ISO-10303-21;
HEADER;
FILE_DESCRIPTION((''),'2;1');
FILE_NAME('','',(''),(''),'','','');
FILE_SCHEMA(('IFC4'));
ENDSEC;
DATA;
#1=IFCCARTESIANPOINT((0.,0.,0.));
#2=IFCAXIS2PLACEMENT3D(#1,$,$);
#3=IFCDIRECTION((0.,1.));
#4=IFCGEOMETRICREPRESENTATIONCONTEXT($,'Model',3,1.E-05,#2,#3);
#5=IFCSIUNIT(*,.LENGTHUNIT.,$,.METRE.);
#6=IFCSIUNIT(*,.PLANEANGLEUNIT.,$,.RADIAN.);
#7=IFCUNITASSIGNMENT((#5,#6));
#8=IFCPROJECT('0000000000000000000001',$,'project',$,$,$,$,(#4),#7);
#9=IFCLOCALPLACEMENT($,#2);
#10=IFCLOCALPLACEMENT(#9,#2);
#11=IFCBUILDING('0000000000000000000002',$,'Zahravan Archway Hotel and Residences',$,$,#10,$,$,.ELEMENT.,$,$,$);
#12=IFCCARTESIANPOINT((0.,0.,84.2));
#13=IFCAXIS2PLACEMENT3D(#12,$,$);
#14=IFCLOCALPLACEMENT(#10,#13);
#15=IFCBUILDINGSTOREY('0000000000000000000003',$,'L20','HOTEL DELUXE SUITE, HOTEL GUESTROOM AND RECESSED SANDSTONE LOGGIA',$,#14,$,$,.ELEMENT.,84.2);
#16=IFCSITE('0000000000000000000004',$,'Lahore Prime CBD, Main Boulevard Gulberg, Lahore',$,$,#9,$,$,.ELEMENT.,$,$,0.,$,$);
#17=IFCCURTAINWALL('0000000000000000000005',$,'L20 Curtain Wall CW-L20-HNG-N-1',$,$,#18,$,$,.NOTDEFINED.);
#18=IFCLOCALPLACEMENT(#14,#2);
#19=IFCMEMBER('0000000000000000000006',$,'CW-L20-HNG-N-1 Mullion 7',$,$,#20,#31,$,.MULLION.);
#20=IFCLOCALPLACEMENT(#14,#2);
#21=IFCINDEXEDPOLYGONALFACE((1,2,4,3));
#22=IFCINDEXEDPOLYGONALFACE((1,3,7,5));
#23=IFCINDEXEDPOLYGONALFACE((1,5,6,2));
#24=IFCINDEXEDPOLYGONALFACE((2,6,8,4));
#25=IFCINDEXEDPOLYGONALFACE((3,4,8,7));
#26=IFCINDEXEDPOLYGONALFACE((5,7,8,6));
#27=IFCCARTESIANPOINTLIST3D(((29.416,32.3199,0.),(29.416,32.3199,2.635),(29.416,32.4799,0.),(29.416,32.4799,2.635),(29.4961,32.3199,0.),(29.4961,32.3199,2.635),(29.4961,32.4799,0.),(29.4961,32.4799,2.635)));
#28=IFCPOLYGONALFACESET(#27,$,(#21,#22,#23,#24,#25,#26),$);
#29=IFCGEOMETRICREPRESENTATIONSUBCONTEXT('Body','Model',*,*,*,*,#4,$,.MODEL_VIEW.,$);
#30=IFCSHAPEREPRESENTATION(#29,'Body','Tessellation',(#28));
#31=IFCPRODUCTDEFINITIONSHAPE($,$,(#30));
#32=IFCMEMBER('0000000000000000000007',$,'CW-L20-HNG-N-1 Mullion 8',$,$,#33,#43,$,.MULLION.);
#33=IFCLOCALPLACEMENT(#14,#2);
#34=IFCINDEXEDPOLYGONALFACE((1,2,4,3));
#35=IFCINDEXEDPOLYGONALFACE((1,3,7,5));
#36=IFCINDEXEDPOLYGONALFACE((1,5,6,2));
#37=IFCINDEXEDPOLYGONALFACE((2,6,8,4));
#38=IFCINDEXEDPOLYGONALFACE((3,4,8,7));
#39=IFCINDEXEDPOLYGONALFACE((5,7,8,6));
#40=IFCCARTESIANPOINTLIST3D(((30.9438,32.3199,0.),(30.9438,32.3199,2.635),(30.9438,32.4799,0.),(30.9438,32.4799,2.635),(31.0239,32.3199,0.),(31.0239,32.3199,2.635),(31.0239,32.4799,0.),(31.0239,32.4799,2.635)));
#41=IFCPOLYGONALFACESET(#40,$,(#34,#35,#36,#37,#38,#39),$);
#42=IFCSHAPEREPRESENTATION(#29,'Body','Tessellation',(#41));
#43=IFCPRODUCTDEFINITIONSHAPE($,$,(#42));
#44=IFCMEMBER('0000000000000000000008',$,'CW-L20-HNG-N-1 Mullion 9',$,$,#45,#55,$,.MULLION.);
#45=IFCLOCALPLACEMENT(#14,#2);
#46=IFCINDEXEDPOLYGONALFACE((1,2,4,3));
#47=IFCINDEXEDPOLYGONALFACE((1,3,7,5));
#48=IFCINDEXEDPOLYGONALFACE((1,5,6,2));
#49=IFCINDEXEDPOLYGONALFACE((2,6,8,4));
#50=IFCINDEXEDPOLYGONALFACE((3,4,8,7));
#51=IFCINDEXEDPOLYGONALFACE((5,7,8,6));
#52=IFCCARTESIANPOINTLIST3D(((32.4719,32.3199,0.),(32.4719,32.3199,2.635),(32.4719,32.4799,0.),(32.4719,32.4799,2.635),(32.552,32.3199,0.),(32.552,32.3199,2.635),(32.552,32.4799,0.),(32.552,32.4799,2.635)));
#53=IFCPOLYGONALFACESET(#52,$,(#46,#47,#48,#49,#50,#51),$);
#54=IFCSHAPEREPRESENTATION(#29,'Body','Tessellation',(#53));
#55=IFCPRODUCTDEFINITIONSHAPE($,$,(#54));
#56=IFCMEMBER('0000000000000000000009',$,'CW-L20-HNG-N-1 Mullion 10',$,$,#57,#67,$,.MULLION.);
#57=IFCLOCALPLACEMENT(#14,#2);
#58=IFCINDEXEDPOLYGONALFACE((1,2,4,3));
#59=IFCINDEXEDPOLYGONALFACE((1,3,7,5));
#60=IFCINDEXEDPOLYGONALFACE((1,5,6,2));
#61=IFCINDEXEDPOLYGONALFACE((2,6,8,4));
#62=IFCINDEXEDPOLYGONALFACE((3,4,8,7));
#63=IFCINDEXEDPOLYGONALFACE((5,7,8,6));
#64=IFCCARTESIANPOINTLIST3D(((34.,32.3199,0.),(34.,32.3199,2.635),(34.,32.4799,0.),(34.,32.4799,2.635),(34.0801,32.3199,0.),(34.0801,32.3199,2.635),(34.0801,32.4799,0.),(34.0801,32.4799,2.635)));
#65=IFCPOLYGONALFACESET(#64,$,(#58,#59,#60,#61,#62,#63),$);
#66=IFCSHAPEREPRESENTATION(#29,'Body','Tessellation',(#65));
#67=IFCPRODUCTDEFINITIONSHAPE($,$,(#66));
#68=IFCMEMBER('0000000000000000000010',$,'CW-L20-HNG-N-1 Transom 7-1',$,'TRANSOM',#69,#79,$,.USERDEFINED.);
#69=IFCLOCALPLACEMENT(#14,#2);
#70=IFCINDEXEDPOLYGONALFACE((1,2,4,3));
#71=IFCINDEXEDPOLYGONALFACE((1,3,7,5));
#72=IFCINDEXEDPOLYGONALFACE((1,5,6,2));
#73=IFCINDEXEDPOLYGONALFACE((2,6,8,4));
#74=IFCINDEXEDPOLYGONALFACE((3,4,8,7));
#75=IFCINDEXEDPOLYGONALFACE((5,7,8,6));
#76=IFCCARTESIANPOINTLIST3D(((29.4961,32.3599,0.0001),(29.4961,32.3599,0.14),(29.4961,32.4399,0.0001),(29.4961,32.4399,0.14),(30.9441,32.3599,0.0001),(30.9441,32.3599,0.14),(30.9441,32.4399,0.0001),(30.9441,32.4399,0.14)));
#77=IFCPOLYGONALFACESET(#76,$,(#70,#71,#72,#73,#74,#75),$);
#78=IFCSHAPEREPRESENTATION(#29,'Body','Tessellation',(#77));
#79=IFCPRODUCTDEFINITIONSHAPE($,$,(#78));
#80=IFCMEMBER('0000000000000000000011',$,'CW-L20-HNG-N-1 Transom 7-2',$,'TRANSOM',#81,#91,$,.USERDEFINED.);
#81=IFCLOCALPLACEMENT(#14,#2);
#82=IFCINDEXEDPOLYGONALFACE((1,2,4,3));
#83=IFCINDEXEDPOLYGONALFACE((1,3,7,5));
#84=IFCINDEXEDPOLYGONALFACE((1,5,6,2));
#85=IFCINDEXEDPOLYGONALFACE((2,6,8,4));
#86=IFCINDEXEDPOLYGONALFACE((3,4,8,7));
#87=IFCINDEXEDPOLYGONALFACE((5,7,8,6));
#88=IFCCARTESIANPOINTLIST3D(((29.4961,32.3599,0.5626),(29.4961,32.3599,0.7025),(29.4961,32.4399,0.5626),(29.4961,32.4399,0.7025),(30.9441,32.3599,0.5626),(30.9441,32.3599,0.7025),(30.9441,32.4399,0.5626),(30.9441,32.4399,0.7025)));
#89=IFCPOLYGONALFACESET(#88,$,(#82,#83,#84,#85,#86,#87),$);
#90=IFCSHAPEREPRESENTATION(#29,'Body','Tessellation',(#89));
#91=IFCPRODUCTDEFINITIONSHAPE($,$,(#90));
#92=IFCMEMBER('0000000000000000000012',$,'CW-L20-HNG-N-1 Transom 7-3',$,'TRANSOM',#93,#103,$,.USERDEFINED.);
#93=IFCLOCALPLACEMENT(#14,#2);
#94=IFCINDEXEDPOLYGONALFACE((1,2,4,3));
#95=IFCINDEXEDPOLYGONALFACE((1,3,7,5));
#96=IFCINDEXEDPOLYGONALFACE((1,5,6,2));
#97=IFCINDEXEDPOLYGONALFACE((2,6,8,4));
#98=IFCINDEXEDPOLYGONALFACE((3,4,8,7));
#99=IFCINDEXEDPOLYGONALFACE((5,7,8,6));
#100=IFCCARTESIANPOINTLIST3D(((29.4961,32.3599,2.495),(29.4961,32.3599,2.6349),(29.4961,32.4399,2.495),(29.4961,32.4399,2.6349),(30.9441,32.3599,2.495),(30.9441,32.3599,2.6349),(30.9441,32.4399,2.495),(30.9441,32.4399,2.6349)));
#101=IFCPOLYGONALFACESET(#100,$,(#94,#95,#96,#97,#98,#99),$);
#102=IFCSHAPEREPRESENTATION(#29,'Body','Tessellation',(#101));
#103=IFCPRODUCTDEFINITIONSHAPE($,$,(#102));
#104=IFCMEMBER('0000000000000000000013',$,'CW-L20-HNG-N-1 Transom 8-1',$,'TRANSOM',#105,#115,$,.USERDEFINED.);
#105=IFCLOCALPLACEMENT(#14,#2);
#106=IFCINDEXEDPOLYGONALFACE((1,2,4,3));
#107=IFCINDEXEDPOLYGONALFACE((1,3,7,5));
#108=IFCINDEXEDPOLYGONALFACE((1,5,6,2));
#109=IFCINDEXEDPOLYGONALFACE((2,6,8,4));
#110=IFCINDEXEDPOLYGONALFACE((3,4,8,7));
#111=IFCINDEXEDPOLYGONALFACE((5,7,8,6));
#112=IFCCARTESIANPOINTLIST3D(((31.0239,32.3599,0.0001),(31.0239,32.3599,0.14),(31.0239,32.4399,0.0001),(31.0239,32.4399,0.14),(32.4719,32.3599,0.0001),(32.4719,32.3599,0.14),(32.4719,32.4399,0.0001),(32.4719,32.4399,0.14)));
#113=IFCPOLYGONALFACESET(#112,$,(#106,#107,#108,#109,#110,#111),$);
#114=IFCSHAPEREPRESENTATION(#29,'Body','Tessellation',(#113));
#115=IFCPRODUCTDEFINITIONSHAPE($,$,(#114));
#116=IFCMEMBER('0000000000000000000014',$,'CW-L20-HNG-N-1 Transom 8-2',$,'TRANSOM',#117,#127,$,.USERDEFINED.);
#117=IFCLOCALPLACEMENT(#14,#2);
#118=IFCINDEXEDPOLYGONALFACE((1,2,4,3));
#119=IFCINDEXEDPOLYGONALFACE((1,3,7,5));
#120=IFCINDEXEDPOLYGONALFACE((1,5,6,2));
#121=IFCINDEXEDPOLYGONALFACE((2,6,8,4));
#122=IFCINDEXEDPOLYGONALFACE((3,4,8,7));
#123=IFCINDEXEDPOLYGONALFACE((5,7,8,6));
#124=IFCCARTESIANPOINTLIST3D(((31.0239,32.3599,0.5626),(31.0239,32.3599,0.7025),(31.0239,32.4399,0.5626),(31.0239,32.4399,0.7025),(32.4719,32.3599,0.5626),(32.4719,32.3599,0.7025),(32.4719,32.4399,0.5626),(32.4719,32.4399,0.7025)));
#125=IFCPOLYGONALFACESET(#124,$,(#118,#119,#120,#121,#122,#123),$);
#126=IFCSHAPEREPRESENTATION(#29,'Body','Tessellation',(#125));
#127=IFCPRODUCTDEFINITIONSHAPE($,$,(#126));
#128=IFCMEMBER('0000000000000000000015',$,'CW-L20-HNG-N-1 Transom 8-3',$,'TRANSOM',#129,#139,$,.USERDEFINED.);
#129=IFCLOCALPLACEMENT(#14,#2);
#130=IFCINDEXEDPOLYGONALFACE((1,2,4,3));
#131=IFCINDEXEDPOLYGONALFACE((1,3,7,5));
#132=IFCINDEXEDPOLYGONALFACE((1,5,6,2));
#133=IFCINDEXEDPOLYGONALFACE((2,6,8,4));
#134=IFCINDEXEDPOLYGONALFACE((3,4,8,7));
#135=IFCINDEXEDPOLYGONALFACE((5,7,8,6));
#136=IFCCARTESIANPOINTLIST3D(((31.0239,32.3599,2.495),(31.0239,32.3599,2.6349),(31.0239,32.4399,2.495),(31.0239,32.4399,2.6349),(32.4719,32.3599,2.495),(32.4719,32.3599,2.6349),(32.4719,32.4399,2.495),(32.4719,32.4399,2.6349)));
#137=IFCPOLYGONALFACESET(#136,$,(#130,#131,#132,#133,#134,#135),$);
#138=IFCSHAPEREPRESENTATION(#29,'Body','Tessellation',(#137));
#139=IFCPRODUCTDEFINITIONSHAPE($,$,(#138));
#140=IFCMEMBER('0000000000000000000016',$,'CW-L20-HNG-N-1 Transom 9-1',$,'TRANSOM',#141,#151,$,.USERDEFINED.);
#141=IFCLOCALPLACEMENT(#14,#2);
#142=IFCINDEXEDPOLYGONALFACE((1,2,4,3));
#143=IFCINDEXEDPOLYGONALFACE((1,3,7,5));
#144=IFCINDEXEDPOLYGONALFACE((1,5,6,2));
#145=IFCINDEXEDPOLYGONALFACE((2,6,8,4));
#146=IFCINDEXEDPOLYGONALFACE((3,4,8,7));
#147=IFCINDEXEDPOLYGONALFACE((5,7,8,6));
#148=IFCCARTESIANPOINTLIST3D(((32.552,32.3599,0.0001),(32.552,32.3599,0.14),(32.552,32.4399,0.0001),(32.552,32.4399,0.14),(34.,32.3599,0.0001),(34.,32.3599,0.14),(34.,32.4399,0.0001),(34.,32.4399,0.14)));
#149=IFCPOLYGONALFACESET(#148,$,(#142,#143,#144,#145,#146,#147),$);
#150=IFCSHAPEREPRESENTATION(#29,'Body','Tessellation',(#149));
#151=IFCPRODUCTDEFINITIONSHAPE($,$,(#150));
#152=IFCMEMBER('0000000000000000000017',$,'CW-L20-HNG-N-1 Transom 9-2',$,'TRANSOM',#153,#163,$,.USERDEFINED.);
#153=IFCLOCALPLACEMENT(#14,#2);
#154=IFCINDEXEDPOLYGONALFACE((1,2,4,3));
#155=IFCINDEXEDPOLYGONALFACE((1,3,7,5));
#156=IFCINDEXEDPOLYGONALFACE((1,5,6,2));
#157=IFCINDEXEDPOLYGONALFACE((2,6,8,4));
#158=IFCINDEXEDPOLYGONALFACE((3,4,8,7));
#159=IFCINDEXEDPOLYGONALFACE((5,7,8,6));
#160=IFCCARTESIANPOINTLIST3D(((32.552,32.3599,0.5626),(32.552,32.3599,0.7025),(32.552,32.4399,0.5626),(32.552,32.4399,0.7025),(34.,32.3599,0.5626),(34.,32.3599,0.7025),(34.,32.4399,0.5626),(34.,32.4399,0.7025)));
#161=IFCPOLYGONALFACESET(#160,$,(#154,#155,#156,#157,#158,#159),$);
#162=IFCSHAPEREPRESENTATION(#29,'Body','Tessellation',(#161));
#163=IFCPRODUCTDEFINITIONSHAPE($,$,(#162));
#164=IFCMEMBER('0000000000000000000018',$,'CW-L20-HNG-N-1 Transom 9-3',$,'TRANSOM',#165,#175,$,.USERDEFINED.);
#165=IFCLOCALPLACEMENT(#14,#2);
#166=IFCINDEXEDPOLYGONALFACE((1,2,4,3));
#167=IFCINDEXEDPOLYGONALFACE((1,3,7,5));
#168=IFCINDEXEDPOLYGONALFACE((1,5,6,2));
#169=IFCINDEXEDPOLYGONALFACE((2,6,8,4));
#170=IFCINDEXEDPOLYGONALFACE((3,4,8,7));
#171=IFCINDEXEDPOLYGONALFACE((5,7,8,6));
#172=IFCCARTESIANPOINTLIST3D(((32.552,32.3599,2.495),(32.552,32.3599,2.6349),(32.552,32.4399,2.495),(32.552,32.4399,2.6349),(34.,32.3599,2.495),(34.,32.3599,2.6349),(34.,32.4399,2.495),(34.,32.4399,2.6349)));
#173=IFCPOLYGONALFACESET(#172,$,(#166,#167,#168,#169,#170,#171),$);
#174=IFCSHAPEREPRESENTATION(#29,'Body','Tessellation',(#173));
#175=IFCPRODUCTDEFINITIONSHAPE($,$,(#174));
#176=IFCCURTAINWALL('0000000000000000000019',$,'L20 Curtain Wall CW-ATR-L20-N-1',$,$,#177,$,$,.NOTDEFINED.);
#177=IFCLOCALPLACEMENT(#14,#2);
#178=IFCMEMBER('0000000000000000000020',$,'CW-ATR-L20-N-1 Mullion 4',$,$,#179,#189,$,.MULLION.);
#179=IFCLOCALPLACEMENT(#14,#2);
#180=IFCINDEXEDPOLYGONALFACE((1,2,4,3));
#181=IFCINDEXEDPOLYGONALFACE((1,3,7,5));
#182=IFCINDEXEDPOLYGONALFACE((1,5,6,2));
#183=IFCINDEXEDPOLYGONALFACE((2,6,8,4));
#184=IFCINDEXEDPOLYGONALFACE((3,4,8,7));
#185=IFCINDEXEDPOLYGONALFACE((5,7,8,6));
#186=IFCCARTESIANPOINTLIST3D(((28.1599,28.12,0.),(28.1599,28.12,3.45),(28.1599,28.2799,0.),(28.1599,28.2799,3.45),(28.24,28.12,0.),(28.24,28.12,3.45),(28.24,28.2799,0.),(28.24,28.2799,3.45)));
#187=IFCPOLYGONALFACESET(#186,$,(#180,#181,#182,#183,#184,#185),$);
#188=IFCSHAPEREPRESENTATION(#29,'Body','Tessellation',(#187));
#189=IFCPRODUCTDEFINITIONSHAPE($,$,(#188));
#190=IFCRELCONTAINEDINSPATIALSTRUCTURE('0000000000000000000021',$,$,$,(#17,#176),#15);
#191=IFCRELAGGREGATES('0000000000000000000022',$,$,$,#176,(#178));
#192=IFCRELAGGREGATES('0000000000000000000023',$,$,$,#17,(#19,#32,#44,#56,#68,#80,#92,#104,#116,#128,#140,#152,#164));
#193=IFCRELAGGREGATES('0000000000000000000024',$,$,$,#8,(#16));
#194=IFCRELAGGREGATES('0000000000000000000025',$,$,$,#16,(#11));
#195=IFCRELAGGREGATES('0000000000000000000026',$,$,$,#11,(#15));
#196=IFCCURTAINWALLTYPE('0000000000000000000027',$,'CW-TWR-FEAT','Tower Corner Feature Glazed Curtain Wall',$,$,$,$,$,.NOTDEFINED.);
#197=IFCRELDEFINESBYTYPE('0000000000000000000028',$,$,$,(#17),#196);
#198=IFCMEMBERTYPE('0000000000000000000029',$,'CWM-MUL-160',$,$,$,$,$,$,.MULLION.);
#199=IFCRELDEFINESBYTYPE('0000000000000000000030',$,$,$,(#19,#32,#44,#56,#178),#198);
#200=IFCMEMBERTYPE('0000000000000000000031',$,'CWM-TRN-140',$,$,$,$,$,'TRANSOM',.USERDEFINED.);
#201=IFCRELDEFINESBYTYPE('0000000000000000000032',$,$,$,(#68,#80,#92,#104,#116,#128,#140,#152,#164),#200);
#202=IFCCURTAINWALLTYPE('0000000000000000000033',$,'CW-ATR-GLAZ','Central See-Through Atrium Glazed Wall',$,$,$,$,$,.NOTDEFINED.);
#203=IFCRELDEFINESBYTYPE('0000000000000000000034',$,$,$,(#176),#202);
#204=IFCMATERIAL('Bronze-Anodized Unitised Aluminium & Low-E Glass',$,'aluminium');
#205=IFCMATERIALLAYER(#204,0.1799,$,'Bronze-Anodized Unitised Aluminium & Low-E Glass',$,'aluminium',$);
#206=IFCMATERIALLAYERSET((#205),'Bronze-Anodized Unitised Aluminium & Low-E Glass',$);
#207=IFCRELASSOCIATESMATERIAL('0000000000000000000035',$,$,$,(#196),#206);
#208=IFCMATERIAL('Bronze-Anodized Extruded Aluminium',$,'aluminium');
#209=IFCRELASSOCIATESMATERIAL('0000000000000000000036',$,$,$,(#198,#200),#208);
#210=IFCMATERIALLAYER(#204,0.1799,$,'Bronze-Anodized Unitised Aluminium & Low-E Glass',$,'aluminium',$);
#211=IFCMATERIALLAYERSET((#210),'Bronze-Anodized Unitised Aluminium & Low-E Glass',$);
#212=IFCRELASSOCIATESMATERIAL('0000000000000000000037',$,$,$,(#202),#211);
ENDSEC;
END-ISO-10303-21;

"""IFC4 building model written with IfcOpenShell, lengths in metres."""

from ifc_helpers import new_model, si_unit, direction, frame, origin, origin_2d, place, context, subcontext, project, spatial, rectangle, extrude, source, transform, mapped, material, layer, layer_set, material_profile, profile_set, type_object, element, aggregate, save


model = new_model("IFC4")

# Units and contexts
model_context = context("Model", 3, precision=1e-05, world=origin(), true_north=direction((0.0, 1.0)))
body_context = subcontext(model_context, "Body", "Model", "MODEL_VIEW")
ifc_project = project(units=[si_unit("LENGTHUNIT", "METRE"), si_unit("PLANEANGLEUNIT", "RADIAN")], contexts=[model_context])

# Site, building, storey
site_placement = place(None, origin())
site = spatial("IfcSite", under=ifc_project, at=site_placement, Name="Lahore Prime CBD, Main Boulevard Gulberg, Lahore", CompositionType="ELEMENT", RefElevation=0.0)
building_placement = place(site_placement, origin())
building = spatial("IfcBuilding", under=site, at=building_placement, Name="Zahravan Archway Hotel and Residences", CompositionType="ELEMENT")
storey_placement = place(building_placement, frame((0.0, 0.0, 84.2)))
storey = spatial("IfcBuildingStorey", under=building, at=storey_placement, Name="L20", Description="HOTEL DELUXE SUITE, HOTEL GUESTROOM AND RECESSED SANDSTONE LOGGIA", CompositionType="ELEMENT", Elevation=84.2)

# Curtain wall, members
ifc_material_1 = material(Name="Bronze-Anodized Unitised Aluminium & Low-E Glass", Category="aluminium")
ifc_layer_1 = layer(ifc_material_1, 0.1799, Name="Bronze-Anodized Unitised Aluminium & Low-E Glass", Category="aluminium")
ifc_layer_set_1 = layer_set([ifc_layer_1], Name="Bronze-Anodized Unitised Aluminium & Low-E Glass")
curtain_wall_type_1 = type_object("IfcCurtainWallType", Name="CW-TWR-FEAT", Description="Tower Corner Feature Glazed Curtain Wall", PredefinedType="NOTDEFINED", material=ifc_layer_set_1)
curtain_wall_1_placement = place(storey_placement, origin())
curtain_wall_1 = element("IfcCurtainWall", 1, at=curtain_wall_1_placement, inside=storey, type_object=curtain_wall_type_1, Name="L20 Curtain Wall CW-L20-HNG-N-1", PredefinedType="NOTDEFINED")
ifc_material_2 = material(Name="Bronze-Anodized Extruded Aluminium", Category="aluminium")
ifc_material_profile_1 = material_profile(ifc_material_2, rectangle(XDim=0.0801, YDim=0.1599, at=origin_2d()), Name="MUL 80x160", Category="aluminium")
ifc_profile_set_1 = profile_set([ifc_material_profile_1], Name="Bronze-Anodized Extruded Aluminium")
member_type_1 = type_object("IfcMemberType", Name="CWM-MUL-160", PredefinedType="MULLION", material=ifc_profile_set_1)
shared_shape_1 = source(origin(), body_context, "Body", "SweptSolid", [
    extrude(rectangle(XDim=0.0801, YDim=0.1599, at=origin_2d()), origin(), (0.0, 0.0, 1.0), 2.635),
])
member_1_placement = place(storey_placement, frame((29.4561, 32.3999, 0.0), z_axis=(0.0, 0.0, 1.0), x_axis=(1.0, 0.0, 0.0)))
member_1 = element("IfcMember", 2, at=member_1_placement, type_object=member_type_1, Name="CW-L20-HNG-N-1 Mullion 7", PredefinedType="MULLION", context=body_context, shape_type="MappedRepresentation", body=[
    mapped(shared_shape_1, transform((0.0, 0.0, 0.0), scale=1.0)),
])
member_2_placement = place(storey_placement, frame((30.9839, 32.3999, 0.0), z_axis=(0.0, 0.0, 1.0), x_axis=(1.0, 0.0, 0.0)))
member_2 = element("IfcMember", 3, at=member_2_placement, type_object=member_type_1, Name="CW-L20-HNG-N-1 Mullion 8", PredefinedType="MULLION", context=body_context, shape_type="MappedRepresentation", body=[
    mapped(shared_shape_1, transform((0.0, 0.0, 0.0), scale=1.0)),
])
member_3_placement = place(storey_placement, frame((32.512, 32.3999, 0.0), z_axis=(0.0, 0.0, 1.0), x_axis=(1.0, 0.0, 0.0)))
member_3 = element("IfcMember", 4, at=member_3_placement, type_object=member_type_1, Name="CW-L20-HNG-N-1 Mullion 9", PredefinedType="MULLION", context=body_context, shape_type="MappedRepresentation", body=[
    mapped(shared_shape_1, transform((0.0, 0.0, 0.0), scale=1.0)),
])
member_4_placement = place(storey_placement, frame((34.04, 32.3999, 0.0), z_axis=(0.0, 0.0, 1.0), x_axis=(1.0, 0.0, 0.0)))
member_4 = element("IfcMember", 5, at=member_4_placement, type_object=member_type_1, Name="CW-L20-HNG-N-1 Mullion 10", PredefinedType="MULLION", context=body_context, shape_type="MappedRepresentation", body=[
    mapped(shared_shape_1, transform((0.0, 0.0, 0.0), scale=1.0)),
])
ifc_material_profile_2 = material_profile(ifc_material_2, rectangle(XDim=0.0801, YDim=0.1399, at=origin_2d()), Name="TRN 80x140", Category="aluminium")
ifc_profile_set_2 = profile_set([ifc_material_profile_2], Name="Bronze-Anodized Extruded Aluminium")
member_type_2 = type_object("IfcMemberType", Name="CWM-TRN-140", ElementType="TRANSOM", PredefinedType="USERDEFINED", material=ifc_profile_set_2)
shared_shape_2 = source(origin(), body_context, "Body", "SweptSolid", [
    extrude(rectangle(XDim=0.0801, YDim=0.1399, at=origin_2d()), origin(), (0.0, 0.0, 1.0), 1.448),
])
member_5_placement = place(storey_placement, frame((29.4961, 32.3999, 0.0701), z_axis=(1.0, 0.0, 0.0), x_axis=(0.0, 1.0, 0.0)))
member_5 = element("IfcMember", 6, at=member_5_placement, type_object=member_type_2, Name="CW-L20-HNG-N-1 Transom 7-1", ObjectType="TRANSOM", PredefinedType="USERDEFINED", context=body_context, shape_type="MappedRepresentation", body=[
    mapped(shared_shape_2, transform((0.0, 0.0, 0.0), scale=1.0)),
])
member_6_placement = place(storey_placement, frame((29.4961, 32.3999, 0.6326), z_axis=(1.0, 0.0, 0.0), x_axis=(0.0, 1.0, 0.0)))
member_6 = element("IfcMember", 7, at=member_6_placement, type_object=member_type_2, Name="CW-L20-HNG-N-1 Transom 7-2", ObjectType="TRANSOM", PredefinedType="USERDEFINED", context=body_context, shape_type="MappedRepresentation", body=[
    mapped(shared_shape_2, transform((0.0, 0.0, 0.0), scale=1.0)),
])
member_7_placement = place(storey_placement, frame((29.4961, 32.3999, 2.5649), z_axis=(1.0, 0.0, 0.0), x_axis=(0.0, 1.0, 0.0)))
member_7 = element("IfcMember", 8, at=member_7_placement, type_object=member_type_2, Name="CW-L20-HNG-N-1 Transom 7-3", ObjectType="TRANSOM", PredefinedType="USERDEFINED", context=body_context, shape_type="MappedRepresentation", body=[
    mapped(shared_shape_2, transform((0.0, 0.0, 0.0), scale=1.0)),
])
member_8_placement = place(storey_placement, frame((31.0239, 32.3999, 0.0701), z_axis=(1.0, 0.0, 0.0), x_axis=(0.0, 1.0, 0.0)))
member_8 = element("IfcMember", 9, at=member_8_placement, type_object=member_type_2, Name="CW-L20-HNG-N-1 Transom 8-1", ObjectType="TRANSOM", PredefinedType="USERDEFINED", context=body_context, shape_type="MappedRepresentation", body=[
    mapped(shared_shape_2, transform((0.0, 0.0, 0.0), scale=1.0)),
])
member_9_placement = place(storey_placement, frame((31.0239, 32.3999, 0.6326), z_axis=(1.0, 0.0, 0.0), x_axis=(0.0, 1.0, 0.0)))
member_9 = element("IfcMember", 10, at=member_9_placement, type_object=member_type_2, Name="CW-L20-HNG-N-1 Transom 8-2", ObjectType="TRANSOM", PredefinedType="USERDEFINED", context=body_context, shape_type="MappedRepresentation", body=[
    mapped(shared_shape_2, transform((0.0, 0.0, 0.0), scale=1.0)),
])
member_10_placement = place(storey_placement, frame((31.0239, 32.3999, 2.5649), z_axis=(1.0, 0.0, 0.0), x_axis=(0.0, 1.0, 0.0)))
member_10 = element("IfcMember", 11, at=member_10_placement, type_object=member_type_2, Name="CW-L20-HNG-N-1 Transom 8-3", ObjectType="TRANSOM", PredefinedType="USERDEFINED", context=body_context, shape_type="MappedRepresentation", body=[
    mapped(shared_shape_2, transform((0.0, 0.0, 0.0), scale=1.0)),
])
member_11_placement = place(storey_placement, frame((32.552, 32.3999, 0.0701), z_axis=(1.0, 0.0, 0.0), x_axis=(0.0, 1.0, 0.0)))
member_11 = element("IfcMember", 12, at=member_11_placement, type_object=member_type_2, Name="CW-L20-HNG-N-1 Transom 9-1", ObjectType="TRANSOM", PredefinedType="USERDEFINED", context=body_context, shape_type="MappedRepresentation", body=[
    mapped(shared_shape_2, transform((0.0, 0.0, 0.0), scale=1.0)),
])
member_12_placement = place(storey_placement, frame((32.552, 32.3999, 0.6326), z_axis=(1.0, 0.0, 0.0), x_axis=(0.0, 1.0, 0.0)))
member_12 = element("IfcMember", 13, at=member_12_placement, type_object=member_type_2, Name="CW-L20-HNG-N-1 Transom 9-2", ObjectType="TRANSOM", PredefinedType="USERDEFINED", context=body_context, shape_type="MappedRepresentation", body=[
    mapped(shared_shape_2, transform((0.0, 0.0, 0.0), scale=1.0)),
])
member_13_placement = place(storey_placement, frame((32.552, 32.3999, 2.5649), z_axis=(1.0, 0.0, 0.0), x_axis=(0.0, 1.0, 0.0)))
member_13 = element("IfcMember", 14, at=member_13_placement, type_object=member_type_2, Name="CW-L20-HNG-N-1 Transom 9-3", ObjectType="TRANSOM", PredefinedType="USERDEFINED", context=body_context, shape_type="MappedRepresentation", body=[
    mapped(shared_shape_2, transform((0.0, 0.0, 0.0), scale=1.0)),
])

# Curtain wall, member
ifc_layer_2 = layer(ifc_material_1, 0.1799, Name="Bronze-Anodized Unitised Aluminium & Low-E Glass", Category="aluminium")
ifc_layer_set_2 = layer_set([ifc_layer_2], Name="Bronze-Anodized Unitised Aluminium & Low-E Glass")
curtain_wall_type_2 = type_object("IfcCurtainWallType", Name="CW-ATR-GLAZ", Description="Central See-Through Atrium Glazed Wall", PredefinedType="NOTDEFINED", material=ifc_layer_set_2)
curtain_wall_2_placement = place(storey_placement, origin())
curtain_wall_2 = element("IfcCurtainWall", 15, at=curtain_wall_2_placement, inside=storey, type_object=curtain_wall_type_2, Name="L20 Curtain Wall CW-ATR-L20-N-1", PredefinedType="NOTDEFINED")
shared_shape_3 = source(origin(), body_context, "Body", "SweptSolid", [
    extrude(rectangle(XDim=0.0801, YDim=0.1599, at=origin_2d()), origin(), (0.0, 0.0, 1.0), 3.45),
])
member_14_placement = place(storey_placement, frame((28.2, 28.2, 0.0), z_axis=(0.0, 0.0, 1.0), x_axis=(1.0, 0.0, 0.0)))
member_14 = element("IfcMember", 16, at=member_14_placement, type_object=member_type_1, Name="CW-ATR-L20-N-1 Mullion 4", PredefinedType="MULLION", context=body_context, shape_type="MappedRepresentation", body=[
    mapped(shared_shape_3, transform((0.0, 0.0, 0.0), scale=1.0)),
])
aggregate(curtain_wall_2, [member_14])

aggregate(curtain_wall_1, [member_1, member_2, member_3, member_4, member_5, member_6, member_7, member_8, member_9, member_10, member_11, member_12, member_13])

save(model, "model.ifc")
